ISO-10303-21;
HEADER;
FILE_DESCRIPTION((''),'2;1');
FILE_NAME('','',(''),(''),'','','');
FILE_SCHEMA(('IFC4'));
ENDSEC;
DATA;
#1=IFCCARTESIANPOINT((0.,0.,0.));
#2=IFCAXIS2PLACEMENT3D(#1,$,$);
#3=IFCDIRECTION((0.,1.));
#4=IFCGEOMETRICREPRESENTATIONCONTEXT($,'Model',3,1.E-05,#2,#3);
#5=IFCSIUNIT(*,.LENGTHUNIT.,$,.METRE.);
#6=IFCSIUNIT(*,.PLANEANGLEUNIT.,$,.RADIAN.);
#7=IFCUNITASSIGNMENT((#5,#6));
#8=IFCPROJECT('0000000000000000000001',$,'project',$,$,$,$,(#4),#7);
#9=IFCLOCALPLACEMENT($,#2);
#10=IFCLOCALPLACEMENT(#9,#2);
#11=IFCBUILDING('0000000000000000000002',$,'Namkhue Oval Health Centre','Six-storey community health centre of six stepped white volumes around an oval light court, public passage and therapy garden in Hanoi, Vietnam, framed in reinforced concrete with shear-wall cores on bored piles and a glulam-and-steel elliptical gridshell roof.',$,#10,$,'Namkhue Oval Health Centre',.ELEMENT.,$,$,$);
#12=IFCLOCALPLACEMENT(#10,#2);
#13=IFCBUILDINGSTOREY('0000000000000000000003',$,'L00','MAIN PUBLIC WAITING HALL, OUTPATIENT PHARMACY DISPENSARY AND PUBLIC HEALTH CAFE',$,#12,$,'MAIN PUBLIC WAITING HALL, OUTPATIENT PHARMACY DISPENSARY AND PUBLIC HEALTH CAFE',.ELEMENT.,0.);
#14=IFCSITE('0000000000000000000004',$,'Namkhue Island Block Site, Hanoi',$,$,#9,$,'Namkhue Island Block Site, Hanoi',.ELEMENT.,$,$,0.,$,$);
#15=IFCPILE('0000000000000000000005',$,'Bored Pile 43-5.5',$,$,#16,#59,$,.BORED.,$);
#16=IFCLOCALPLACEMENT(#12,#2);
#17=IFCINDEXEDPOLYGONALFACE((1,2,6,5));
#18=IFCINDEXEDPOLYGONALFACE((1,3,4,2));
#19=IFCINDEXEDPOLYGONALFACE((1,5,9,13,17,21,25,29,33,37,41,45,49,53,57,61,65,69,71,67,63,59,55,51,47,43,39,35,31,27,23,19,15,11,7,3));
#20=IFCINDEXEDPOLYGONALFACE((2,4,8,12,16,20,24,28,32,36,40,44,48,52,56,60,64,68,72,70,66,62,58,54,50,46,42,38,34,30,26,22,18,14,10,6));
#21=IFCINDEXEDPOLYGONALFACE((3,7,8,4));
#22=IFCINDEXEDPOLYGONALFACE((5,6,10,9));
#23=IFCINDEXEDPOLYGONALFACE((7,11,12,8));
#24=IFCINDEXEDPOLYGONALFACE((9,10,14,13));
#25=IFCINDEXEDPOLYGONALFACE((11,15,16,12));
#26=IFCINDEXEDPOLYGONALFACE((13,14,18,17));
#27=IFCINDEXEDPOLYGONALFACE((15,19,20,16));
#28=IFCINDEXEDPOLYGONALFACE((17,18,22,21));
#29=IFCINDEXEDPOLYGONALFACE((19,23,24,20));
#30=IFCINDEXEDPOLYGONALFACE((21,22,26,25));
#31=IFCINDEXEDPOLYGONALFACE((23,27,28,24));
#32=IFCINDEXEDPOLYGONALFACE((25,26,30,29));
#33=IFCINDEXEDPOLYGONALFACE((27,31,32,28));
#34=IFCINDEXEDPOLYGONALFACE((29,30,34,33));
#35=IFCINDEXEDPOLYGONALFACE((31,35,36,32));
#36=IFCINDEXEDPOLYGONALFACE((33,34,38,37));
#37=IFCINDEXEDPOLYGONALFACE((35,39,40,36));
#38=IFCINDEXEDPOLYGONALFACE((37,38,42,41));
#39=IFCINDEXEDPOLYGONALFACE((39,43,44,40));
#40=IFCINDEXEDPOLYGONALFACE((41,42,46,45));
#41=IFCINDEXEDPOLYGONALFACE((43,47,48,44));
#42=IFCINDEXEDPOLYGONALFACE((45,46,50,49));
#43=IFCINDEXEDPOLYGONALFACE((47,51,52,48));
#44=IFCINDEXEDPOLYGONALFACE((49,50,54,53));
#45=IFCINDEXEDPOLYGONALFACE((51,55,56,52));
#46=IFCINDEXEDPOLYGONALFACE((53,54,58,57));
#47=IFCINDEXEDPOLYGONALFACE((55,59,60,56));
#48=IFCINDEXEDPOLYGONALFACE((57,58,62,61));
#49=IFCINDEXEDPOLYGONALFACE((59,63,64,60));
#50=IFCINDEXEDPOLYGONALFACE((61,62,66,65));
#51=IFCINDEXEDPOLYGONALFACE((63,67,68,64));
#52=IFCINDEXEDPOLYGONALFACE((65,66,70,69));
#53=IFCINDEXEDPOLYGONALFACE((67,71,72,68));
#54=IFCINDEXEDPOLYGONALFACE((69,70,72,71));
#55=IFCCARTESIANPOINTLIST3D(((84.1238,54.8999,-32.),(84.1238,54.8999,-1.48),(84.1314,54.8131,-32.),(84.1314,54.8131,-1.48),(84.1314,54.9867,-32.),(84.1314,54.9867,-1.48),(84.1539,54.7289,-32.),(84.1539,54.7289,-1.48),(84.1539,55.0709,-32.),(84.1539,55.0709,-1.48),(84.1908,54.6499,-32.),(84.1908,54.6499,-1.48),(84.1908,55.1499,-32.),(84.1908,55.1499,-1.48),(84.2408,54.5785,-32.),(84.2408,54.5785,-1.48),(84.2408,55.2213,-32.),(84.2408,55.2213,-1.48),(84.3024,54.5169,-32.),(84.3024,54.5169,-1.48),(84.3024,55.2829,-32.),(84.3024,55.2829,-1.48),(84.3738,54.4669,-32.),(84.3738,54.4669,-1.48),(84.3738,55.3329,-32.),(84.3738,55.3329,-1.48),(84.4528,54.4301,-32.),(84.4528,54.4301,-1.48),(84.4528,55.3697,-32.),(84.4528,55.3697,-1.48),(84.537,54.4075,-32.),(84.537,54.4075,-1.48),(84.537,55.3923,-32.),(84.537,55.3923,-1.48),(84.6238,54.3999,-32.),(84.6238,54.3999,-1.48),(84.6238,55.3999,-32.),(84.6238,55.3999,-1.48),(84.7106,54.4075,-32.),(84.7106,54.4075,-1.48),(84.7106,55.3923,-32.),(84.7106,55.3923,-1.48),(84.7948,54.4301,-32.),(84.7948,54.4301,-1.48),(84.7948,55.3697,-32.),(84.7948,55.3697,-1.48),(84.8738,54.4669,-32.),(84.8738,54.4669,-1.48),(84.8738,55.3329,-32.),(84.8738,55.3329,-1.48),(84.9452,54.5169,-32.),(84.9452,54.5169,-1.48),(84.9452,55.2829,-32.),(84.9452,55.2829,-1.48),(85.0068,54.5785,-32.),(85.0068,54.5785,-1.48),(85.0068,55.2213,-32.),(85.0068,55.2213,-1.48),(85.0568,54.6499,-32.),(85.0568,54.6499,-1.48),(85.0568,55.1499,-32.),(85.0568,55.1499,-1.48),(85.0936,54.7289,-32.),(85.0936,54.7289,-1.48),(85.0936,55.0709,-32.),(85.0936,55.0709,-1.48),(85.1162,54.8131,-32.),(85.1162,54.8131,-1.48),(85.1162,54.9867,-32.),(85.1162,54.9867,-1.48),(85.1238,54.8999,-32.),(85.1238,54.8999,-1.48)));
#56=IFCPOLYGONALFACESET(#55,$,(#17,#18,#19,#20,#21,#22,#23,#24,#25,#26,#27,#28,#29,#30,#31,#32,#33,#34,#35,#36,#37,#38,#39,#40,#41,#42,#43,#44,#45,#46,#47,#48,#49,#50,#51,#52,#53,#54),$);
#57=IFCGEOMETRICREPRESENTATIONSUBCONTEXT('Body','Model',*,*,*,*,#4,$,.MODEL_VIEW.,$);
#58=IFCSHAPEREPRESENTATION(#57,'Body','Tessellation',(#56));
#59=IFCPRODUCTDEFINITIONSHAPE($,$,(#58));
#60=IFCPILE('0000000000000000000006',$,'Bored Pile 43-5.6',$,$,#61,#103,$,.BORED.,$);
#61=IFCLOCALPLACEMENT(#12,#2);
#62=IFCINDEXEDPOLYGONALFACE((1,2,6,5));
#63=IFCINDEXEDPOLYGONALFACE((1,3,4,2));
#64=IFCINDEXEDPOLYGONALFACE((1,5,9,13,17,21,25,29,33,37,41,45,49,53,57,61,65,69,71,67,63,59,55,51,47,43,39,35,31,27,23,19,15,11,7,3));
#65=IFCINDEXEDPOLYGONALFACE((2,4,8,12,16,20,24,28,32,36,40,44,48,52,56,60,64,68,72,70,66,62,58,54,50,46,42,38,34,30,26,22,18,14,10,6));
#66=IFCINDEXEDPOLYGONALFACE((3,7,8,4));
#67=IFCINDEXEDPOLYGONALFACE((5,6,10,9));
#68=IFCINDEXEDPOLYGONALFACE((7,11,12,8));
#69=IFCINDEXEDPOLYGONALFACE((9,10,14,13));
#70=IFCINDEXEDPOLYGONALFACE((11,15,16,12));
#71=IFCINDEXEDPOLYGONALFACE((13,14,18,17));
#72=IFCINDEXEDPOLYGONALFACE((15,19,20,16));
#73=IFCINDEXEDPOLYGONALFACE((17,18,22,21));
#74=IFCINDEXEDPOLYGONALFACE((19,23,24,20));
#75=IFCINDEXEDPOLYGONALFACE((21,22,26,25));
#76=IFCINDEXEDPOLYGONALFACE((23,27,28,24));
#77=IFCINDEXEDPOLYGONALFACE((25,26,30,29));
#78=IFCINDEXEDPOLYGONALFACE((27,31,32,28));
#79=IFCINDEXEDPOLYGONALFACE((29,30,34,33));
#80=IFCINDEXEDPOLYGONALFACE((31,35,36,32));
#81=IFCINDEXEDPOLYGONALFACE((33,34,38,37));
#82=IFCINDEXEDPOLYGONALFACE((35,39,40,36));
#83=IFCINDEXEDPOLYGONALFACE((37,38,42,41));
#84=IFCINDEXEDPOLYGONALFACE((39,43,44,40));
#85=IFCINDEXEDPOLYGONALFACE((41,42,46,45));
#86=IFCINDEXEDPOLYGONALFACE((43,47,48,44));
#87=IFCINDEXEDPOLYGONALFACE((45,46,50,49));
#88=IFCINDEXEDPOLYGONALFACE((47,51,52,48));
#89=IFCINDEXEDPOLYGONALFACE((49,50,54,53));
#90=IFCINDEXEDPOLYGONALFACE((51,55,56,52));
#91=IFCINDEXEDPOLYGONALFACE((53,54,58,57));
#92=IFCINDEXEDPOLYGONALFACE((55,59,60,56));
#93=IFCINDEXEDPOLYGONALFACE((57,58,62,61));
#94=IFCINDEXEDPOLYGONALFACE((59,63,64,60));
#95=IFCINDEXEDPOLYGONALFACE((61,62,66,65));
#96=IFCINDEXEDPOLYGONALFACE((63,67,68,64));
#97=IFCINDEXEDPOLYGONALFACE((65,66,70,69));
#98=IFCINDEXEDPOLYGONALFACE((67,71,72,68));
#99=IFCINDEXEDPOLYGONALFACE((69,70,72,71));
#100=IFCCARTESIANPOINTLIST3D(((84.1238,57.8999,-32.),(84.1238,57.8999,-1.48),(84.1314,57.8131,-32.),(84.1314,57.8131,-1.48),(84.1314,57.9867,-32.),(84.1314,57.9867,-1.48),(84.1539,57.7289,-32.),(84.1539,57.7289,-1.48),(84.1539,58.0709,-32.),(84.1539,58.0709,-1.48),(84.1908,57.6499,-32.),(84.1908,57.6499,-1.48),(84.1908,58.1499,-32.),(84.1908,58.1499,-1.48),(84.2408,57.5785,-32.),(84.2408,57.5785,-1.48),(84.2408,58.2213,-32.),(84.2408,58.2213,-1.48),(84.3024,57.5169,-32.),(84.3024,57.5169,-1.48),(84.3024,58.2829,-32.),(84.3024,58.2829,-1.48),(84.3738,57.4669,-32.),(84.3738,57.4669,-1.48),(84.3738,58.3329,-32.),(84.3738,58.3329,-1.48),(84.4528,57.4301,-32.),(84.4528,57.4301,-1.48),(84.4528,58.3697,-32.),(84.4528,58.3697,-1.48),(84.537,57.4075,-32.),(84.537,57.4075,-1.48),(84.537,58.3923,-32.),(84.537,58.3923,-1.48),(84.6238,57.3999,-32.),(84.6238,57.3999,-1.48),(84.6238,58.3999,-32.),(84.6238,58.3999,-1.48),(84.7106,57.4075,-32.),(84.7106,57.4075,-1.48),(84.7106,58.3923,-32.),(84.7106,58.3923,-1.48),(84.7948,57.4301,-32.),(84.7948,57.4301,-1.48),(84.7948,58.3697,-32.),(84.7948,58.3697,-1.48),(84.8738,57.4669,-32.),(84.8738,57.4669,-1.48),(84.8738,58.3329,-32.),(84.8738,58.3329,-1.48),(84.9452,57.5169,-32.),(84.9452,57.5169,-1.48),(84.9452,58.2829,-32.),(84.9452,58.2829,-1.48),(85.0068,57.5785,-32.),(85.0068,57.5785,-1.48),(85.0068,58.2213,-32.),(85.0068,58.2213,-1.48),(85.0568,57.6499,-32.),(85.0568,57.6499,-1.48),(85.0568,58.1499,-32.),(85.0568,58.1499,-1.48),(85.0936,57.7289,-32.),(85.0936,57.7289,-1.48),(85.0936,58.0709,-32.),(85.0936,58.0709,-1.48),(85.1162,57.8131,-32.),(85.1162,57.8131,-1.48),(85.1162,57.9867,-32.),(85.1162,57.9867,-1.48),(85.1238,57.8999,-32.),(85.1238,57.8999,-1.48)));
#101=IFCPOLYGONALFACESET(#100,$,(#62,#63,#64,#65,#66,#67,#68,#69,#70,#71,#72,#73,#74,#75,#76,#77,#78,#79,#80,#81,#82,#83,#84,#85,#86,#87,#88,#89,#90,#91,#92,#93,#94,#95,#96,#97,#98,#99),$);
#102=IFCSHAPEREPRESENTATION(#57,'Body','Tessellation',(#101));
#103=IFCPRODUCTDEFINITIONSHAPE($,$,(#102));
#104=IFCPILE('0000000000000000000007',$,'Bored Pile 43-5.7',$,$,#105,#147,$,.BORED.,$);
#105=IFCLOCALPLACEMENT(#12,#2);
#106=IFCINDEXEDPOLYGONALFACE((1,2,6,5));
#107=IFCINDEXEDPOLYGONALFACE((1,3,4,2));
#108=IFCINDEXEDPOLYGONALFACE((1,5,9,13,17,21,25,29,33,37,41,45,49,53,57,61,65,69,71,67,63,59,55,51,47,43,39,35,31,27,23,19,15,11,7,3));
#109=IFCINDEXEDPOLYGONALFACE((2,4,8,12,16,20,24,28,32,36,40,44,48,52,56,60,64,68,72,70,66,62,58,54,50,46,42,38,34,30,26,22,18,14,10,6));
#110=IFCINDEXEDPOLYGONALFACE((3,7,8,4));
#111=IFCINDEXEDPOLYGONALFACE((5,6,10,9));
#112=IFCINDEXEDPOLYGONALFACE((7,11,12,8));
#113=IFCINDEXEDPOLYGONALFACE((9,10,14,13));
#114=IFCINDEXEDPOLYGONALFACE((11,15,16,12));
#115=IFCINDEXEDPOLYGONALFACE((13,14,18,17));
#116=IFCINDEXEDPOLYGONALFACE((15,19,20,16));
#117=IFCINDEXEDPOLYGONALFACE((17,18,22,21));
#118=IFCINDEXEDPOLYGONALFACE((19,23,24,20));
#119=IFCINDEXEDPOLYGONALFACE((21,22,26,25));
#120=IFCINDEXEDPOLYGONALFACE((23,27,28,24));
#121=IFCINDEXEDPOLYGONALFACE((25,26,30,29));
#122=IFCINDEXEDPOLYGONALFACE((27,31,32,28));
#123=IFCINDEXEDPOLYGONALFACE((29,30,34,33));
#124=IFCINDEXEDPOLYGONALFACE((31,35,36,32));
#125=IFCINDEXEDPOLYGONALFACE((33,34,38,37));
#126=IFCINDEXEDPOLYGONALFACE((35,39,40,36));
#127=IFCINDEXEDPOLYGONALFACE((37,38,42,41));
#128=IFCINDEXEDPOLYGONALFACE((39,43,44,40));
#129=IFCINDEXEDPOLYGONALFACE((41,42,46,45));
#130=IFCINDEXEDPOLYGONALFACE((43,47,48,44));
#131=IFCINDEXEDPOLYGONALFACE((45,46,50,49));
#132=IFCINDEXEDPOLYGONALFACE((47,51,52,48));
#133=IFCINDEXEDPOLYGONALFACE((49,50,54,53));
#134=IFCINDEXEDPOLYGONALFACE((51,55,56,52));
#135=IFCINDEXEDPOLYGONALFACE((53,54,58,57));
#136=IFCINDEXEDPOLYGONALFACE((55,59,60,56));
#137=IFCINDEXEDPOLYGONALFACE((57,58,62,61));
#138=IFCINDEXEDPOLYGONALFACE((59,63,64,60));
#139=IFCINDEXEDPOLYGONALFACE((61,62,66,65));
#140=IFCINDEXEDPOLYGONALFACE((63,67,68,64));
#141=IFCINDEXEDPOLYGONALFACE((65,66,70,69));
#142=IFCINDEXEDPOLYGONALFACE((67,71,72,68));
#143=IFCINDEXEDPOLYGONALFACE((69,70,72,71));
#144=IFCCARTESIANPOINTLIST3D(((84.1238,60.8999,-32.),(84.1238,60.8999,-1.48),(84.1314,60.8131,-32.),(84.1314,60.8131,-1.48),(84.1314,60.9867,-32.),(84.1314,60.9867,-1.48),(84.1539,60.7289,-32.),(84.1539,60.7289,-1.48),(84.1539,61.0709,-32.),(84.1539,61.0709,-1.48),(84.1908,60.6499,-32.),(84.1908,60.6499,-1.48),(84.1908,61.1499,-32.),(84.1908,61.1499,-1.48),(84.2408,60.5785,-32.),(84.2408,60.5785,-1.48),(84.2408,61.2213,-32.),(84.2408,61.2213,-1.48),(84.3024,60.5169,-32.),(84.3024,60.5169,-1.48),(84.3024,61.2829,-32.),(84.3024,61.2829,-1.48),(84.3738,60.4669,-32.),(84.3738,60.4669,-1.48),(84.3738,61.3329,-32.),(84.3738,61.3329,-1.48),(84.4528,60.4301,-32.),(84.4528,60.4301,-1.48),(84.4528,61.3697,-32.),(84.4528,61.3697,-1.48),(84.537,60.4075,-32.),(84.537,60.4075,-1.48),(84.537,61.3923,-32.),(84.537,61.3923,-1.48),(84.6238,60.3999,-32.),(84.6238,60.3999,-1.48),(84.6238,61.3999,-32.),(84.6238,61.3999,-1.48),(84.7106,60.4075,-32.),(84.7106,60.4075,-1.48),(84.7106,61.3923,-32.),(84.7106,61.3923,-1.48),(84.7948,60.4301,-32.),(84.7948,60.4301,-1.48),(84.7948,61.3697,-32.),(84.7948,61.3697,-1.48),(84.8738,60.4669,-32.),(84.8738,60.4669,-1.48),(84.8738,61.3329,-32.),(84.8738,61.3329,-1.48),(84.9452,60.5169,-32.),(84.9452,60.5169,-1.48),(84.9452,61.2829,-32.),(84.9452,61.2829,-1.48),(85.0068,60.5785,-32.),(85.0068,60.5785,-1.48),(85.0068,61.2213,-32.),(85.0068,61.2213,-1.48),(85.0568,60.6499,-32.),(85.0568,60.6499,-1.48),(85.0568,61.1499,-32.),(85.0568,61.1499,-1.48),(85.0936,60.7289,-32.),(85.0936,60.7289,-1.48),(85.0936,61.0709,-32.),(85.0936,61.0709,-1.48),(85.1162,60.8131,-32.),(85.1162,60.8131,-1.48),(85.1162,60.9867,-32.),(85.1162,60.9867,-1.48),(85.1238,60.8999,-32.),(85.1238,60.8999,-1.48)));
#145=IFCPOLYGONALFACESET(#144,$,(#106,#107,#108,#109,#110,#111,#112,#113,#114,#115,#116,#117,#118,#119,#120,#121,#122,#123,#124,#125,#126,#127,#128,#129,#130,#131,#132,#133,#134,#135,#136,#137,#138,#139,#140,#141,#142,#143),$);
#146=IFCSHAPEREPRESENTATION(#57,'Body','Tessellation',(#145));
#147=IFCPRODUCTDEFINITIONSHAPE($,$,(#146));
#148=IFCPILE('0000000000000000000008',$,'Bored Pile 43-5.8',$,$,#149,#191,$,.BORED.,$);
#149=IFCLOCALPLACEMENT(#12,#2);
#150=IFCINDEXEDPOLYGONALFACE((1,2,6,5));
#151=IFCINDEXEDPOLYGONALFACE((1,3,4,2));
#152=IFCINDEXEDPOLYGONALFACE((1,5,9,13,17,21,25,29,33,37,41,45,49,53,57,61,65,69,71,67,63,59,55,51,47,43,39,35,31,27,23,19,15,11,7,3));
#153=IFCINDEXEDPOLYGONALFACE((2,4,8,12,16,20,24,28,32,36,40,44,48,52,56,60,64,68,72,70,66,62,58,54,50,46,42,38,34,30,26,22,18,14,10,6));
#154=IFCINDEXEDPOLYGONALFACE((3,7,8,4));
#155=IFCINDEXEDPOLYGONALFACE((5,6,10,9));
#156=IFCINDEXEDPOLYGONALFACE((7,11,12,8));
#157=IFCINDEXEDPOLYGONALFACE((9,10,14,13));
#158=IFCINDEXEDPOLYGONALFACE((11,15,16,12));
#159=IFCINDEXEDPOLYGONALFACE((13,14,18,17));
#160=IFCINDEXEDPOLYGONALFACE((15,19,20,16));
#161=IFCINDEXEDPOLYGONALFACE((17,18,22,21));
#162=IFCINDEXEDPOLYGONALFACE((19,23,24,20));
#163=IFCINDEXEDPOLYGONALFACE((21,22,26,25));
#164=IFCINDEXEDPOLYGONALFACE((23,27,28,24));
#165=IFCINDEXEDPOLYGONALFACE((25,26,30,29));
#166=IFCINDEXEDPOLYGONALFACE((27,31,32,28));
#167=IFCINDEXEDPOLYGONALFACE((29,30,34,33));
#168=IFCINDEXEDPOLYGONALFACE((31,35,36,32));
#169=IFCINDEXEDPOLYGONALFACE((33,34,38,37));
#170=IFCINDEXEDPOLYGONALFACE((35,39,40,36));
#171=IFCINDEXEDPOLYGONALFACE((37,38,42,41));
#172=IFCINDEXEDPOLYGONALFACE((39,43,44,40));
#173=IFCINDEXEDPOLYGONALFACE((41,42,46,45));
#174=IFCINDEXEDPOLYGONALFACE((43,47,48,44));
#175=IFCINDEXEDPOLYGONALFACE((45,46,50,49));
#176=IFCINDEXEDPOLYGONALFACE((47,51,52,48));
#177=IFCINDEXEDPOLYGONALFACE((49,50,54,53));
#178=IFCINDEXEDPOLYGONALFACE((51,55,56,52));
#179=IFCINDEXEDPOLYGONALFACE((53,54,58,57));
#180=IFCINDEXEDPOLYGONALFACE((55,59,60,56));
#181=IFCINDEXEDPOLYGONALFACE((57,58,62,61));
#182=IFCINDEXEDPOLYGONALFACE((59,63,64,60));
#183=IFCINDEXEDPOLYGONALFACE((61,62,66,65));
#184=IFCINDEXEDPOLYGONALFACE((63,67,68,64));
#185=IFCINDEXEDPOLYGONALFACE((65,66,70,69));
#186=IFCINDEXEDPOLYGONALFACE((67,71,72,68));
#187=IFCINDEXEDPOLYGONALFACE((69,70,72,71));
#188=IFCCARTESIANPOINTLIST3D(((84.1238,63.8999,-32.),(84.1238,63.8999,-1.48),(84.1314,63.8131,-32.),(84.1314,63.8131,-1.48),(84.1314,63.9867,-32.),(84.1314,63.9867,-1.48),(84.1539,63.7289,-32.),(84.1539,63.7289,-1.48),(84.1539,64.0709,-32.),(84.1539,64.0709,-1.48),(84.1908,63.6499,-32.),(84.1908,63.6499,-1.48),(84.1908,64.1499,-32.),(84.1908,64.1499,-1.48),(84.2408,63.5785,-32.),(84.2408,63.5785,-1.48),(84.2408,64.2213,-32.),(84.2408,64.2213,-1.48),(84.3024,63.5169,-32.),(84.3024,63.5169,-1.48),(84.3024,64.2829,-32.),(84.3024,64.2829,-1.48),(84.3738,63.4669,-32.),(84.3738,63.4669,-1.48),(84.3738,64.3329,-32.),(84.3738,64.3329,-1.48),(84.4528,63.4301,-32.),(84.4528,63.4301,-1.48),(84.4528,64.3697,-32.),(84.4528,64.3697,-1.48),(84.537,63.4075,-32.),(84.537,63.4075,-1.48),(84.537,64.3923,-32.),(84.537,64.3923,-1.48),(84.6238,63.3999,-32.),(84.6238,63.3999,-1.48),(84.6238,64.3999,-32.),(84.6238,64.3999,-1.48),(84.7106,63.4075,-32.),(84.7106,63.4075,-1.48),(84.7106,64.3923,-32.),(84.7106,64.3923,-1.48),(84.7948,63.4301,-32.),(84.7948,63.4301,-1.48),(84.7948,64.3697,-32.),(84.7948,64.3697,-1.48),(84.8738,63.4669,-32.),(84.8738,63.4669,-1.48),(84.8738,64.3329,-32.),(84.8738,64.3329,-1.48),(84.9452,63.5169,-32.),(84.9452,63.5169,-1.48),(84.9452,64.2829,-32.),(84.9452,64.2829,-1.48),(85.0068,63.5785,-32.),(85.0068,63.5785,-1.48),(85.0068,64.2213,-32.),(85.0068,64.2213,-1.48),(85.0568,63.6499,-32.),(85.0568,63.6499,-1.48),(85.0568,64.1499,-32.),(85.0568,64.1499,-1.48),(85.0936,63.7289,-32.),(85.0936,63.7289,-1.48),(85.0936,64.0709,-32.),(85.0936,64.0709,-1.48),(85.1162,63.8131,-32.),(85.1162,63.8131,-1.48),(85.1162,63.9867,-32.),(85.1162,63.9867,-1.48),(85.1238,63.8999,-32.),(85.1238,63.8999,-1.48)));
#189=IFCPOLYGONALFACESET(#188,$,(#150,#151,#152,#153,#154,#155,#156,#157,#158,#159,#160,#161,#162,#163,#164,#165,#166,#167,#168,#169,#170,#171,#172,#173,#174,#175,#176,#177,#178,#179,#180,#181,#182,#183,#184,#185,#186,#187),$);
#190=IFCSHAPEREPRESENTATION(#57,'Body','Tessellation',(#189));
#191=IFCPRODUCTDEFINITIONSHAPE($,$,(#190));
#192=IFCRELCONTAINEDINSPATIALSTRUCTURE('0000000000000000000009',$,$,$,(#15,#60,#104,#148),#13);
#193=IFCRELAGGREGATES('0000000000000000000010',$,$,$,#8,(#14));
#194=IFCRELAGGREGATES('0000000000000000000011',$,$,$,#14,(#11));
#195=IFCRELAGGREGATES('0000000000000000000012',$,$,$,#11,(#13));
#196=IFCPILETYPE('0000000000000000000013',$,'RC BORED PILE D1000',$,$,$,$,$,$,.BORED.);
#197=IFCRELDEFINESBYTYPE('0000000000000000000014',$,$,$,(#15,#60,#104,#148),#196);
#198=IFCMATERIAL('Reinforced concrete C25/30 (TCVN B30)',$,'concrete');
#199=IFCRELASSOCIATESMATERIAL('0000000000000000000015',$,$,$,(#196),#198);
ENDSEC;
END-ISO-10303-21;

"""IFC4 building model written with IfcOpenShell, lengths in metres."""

from ifc_helpers import new_model, si_unit, direction, frame, origin, origin_2d, place, context, subcontext, project, spatial, circle, extrude, material, material_profile, profile_set, type_object, element, save


model = new_model("IFC4")

# Units and contexts
model_context = context("Model", 3, precision=1e-05, world=origin(), true_north=direction((0.0, 1.0)))
body_context = subcontext(model_context, "Body", "Model", "MODEL_VIEW")
ifc_project = project(units=[si_unit("LENGTHUNIT", "METRE"), si_unit("PLANEANGLEUNIT", "RADIAN")], contexts=[model_context])

# Site, building, storey
site_placement = place(None, origin())
site = spatial("IfcSite", under=ifc_project, at=site_placement, Name="Namkhue Island Block Site, Hanoi", LongName="Namkhue Island Block Site, Hanoi", CompositionType="ELEMENT", RefElevation=0.0)
building_placement = place(site_placement, origin())
building = spatial("IfcBuilding", under=site, at=building_placement, Name="Namkhue Oval Health Centre", Description="Six-storey community health centre of six stepped white volumes around an oval light court, public passage and therapy garden in Hanoi, Vietnam, framed in reinforced concrete with shear-wall cores on bored piles and a glulam-and-steel elliptical gridshell roof.", LongName="Namkhue Oval Health Centre", CompositionType="ELEMENT")
storey_placement = place(building_placement, origin())
storey = spatial("IfcBuildingStorey", under=building, at=storey_placement, Name="L00", Description="MAIN PUBLIC WAITING HALL, OUTPATIENT PHARMACY DISPENSARY AND PUBLIC HEALTH CAFE", LongName="MAIN PUBLIC WAITING HALL, OUTPATIENT PHARMACY DISPENSARY AND PUBLIC HEALTH CAFE", CompositionType="ELEMENT", Elevation=0.0)

# Piles
ifc_material_1 = material(Name="Reinforced concrete C25/30 (TCVN B30)", Category="concrete")
ifc_material_profile_1 = material_profile(ifc_material_1, circle(Radius=0.5, at=origin_2d()), Name="BORED PILE D1000")
ifc_profile_set_1 = profile_set([ifc_material_profile_1], Name="Reinforced concrete C25/30 (TCVN B30)")
pile_type_1 = type_object("IfcPileType", Name="RC BORED PILE D1000", PredefinedType="BORED", material=ifc_profile_set_1)
for number, where, z_axis, x_axis, name in (
    (1, (84.6238, 54.8999, -1.48), (0.0, 0.0, -1.0), (1.0, 0.0, 0.0), "Bored Pile 43-5.5"),
    (2, (84.6238, 57.8999, -1.48), (0.0, 0.0, -1.0), (1.0, 0.0, 0.0), "Bored Pile 43-5.6"),
    (3, (84.6238, 60.8999, -1.48), (0.0, 0.0, -1.0), (1.0, 0.0, 0.0), "Bored Pile 43-5.7"),
    (4, (84.6238, 63.8999, -1.48), (0.0, 0.0, -1.0), (1.0, 0.0, 0.0), "Bored Pile 43-5.8"),
):
    element("IfcPile", number, at=place(storey_placement, frame(where, z_axis=z_axis, x_axis=x_axis)), inside=storey, type_object=pile_type_1, Name=name, PredefinedType="BORED", context=body_context, shape_type="SweptSolid", body=[
        extrude(circle(Radius=0.5, at=origin_2d()), origin(), (0.0, 0.0, 1.0), 30.52),
    ])

save(model, "model.ifc")
